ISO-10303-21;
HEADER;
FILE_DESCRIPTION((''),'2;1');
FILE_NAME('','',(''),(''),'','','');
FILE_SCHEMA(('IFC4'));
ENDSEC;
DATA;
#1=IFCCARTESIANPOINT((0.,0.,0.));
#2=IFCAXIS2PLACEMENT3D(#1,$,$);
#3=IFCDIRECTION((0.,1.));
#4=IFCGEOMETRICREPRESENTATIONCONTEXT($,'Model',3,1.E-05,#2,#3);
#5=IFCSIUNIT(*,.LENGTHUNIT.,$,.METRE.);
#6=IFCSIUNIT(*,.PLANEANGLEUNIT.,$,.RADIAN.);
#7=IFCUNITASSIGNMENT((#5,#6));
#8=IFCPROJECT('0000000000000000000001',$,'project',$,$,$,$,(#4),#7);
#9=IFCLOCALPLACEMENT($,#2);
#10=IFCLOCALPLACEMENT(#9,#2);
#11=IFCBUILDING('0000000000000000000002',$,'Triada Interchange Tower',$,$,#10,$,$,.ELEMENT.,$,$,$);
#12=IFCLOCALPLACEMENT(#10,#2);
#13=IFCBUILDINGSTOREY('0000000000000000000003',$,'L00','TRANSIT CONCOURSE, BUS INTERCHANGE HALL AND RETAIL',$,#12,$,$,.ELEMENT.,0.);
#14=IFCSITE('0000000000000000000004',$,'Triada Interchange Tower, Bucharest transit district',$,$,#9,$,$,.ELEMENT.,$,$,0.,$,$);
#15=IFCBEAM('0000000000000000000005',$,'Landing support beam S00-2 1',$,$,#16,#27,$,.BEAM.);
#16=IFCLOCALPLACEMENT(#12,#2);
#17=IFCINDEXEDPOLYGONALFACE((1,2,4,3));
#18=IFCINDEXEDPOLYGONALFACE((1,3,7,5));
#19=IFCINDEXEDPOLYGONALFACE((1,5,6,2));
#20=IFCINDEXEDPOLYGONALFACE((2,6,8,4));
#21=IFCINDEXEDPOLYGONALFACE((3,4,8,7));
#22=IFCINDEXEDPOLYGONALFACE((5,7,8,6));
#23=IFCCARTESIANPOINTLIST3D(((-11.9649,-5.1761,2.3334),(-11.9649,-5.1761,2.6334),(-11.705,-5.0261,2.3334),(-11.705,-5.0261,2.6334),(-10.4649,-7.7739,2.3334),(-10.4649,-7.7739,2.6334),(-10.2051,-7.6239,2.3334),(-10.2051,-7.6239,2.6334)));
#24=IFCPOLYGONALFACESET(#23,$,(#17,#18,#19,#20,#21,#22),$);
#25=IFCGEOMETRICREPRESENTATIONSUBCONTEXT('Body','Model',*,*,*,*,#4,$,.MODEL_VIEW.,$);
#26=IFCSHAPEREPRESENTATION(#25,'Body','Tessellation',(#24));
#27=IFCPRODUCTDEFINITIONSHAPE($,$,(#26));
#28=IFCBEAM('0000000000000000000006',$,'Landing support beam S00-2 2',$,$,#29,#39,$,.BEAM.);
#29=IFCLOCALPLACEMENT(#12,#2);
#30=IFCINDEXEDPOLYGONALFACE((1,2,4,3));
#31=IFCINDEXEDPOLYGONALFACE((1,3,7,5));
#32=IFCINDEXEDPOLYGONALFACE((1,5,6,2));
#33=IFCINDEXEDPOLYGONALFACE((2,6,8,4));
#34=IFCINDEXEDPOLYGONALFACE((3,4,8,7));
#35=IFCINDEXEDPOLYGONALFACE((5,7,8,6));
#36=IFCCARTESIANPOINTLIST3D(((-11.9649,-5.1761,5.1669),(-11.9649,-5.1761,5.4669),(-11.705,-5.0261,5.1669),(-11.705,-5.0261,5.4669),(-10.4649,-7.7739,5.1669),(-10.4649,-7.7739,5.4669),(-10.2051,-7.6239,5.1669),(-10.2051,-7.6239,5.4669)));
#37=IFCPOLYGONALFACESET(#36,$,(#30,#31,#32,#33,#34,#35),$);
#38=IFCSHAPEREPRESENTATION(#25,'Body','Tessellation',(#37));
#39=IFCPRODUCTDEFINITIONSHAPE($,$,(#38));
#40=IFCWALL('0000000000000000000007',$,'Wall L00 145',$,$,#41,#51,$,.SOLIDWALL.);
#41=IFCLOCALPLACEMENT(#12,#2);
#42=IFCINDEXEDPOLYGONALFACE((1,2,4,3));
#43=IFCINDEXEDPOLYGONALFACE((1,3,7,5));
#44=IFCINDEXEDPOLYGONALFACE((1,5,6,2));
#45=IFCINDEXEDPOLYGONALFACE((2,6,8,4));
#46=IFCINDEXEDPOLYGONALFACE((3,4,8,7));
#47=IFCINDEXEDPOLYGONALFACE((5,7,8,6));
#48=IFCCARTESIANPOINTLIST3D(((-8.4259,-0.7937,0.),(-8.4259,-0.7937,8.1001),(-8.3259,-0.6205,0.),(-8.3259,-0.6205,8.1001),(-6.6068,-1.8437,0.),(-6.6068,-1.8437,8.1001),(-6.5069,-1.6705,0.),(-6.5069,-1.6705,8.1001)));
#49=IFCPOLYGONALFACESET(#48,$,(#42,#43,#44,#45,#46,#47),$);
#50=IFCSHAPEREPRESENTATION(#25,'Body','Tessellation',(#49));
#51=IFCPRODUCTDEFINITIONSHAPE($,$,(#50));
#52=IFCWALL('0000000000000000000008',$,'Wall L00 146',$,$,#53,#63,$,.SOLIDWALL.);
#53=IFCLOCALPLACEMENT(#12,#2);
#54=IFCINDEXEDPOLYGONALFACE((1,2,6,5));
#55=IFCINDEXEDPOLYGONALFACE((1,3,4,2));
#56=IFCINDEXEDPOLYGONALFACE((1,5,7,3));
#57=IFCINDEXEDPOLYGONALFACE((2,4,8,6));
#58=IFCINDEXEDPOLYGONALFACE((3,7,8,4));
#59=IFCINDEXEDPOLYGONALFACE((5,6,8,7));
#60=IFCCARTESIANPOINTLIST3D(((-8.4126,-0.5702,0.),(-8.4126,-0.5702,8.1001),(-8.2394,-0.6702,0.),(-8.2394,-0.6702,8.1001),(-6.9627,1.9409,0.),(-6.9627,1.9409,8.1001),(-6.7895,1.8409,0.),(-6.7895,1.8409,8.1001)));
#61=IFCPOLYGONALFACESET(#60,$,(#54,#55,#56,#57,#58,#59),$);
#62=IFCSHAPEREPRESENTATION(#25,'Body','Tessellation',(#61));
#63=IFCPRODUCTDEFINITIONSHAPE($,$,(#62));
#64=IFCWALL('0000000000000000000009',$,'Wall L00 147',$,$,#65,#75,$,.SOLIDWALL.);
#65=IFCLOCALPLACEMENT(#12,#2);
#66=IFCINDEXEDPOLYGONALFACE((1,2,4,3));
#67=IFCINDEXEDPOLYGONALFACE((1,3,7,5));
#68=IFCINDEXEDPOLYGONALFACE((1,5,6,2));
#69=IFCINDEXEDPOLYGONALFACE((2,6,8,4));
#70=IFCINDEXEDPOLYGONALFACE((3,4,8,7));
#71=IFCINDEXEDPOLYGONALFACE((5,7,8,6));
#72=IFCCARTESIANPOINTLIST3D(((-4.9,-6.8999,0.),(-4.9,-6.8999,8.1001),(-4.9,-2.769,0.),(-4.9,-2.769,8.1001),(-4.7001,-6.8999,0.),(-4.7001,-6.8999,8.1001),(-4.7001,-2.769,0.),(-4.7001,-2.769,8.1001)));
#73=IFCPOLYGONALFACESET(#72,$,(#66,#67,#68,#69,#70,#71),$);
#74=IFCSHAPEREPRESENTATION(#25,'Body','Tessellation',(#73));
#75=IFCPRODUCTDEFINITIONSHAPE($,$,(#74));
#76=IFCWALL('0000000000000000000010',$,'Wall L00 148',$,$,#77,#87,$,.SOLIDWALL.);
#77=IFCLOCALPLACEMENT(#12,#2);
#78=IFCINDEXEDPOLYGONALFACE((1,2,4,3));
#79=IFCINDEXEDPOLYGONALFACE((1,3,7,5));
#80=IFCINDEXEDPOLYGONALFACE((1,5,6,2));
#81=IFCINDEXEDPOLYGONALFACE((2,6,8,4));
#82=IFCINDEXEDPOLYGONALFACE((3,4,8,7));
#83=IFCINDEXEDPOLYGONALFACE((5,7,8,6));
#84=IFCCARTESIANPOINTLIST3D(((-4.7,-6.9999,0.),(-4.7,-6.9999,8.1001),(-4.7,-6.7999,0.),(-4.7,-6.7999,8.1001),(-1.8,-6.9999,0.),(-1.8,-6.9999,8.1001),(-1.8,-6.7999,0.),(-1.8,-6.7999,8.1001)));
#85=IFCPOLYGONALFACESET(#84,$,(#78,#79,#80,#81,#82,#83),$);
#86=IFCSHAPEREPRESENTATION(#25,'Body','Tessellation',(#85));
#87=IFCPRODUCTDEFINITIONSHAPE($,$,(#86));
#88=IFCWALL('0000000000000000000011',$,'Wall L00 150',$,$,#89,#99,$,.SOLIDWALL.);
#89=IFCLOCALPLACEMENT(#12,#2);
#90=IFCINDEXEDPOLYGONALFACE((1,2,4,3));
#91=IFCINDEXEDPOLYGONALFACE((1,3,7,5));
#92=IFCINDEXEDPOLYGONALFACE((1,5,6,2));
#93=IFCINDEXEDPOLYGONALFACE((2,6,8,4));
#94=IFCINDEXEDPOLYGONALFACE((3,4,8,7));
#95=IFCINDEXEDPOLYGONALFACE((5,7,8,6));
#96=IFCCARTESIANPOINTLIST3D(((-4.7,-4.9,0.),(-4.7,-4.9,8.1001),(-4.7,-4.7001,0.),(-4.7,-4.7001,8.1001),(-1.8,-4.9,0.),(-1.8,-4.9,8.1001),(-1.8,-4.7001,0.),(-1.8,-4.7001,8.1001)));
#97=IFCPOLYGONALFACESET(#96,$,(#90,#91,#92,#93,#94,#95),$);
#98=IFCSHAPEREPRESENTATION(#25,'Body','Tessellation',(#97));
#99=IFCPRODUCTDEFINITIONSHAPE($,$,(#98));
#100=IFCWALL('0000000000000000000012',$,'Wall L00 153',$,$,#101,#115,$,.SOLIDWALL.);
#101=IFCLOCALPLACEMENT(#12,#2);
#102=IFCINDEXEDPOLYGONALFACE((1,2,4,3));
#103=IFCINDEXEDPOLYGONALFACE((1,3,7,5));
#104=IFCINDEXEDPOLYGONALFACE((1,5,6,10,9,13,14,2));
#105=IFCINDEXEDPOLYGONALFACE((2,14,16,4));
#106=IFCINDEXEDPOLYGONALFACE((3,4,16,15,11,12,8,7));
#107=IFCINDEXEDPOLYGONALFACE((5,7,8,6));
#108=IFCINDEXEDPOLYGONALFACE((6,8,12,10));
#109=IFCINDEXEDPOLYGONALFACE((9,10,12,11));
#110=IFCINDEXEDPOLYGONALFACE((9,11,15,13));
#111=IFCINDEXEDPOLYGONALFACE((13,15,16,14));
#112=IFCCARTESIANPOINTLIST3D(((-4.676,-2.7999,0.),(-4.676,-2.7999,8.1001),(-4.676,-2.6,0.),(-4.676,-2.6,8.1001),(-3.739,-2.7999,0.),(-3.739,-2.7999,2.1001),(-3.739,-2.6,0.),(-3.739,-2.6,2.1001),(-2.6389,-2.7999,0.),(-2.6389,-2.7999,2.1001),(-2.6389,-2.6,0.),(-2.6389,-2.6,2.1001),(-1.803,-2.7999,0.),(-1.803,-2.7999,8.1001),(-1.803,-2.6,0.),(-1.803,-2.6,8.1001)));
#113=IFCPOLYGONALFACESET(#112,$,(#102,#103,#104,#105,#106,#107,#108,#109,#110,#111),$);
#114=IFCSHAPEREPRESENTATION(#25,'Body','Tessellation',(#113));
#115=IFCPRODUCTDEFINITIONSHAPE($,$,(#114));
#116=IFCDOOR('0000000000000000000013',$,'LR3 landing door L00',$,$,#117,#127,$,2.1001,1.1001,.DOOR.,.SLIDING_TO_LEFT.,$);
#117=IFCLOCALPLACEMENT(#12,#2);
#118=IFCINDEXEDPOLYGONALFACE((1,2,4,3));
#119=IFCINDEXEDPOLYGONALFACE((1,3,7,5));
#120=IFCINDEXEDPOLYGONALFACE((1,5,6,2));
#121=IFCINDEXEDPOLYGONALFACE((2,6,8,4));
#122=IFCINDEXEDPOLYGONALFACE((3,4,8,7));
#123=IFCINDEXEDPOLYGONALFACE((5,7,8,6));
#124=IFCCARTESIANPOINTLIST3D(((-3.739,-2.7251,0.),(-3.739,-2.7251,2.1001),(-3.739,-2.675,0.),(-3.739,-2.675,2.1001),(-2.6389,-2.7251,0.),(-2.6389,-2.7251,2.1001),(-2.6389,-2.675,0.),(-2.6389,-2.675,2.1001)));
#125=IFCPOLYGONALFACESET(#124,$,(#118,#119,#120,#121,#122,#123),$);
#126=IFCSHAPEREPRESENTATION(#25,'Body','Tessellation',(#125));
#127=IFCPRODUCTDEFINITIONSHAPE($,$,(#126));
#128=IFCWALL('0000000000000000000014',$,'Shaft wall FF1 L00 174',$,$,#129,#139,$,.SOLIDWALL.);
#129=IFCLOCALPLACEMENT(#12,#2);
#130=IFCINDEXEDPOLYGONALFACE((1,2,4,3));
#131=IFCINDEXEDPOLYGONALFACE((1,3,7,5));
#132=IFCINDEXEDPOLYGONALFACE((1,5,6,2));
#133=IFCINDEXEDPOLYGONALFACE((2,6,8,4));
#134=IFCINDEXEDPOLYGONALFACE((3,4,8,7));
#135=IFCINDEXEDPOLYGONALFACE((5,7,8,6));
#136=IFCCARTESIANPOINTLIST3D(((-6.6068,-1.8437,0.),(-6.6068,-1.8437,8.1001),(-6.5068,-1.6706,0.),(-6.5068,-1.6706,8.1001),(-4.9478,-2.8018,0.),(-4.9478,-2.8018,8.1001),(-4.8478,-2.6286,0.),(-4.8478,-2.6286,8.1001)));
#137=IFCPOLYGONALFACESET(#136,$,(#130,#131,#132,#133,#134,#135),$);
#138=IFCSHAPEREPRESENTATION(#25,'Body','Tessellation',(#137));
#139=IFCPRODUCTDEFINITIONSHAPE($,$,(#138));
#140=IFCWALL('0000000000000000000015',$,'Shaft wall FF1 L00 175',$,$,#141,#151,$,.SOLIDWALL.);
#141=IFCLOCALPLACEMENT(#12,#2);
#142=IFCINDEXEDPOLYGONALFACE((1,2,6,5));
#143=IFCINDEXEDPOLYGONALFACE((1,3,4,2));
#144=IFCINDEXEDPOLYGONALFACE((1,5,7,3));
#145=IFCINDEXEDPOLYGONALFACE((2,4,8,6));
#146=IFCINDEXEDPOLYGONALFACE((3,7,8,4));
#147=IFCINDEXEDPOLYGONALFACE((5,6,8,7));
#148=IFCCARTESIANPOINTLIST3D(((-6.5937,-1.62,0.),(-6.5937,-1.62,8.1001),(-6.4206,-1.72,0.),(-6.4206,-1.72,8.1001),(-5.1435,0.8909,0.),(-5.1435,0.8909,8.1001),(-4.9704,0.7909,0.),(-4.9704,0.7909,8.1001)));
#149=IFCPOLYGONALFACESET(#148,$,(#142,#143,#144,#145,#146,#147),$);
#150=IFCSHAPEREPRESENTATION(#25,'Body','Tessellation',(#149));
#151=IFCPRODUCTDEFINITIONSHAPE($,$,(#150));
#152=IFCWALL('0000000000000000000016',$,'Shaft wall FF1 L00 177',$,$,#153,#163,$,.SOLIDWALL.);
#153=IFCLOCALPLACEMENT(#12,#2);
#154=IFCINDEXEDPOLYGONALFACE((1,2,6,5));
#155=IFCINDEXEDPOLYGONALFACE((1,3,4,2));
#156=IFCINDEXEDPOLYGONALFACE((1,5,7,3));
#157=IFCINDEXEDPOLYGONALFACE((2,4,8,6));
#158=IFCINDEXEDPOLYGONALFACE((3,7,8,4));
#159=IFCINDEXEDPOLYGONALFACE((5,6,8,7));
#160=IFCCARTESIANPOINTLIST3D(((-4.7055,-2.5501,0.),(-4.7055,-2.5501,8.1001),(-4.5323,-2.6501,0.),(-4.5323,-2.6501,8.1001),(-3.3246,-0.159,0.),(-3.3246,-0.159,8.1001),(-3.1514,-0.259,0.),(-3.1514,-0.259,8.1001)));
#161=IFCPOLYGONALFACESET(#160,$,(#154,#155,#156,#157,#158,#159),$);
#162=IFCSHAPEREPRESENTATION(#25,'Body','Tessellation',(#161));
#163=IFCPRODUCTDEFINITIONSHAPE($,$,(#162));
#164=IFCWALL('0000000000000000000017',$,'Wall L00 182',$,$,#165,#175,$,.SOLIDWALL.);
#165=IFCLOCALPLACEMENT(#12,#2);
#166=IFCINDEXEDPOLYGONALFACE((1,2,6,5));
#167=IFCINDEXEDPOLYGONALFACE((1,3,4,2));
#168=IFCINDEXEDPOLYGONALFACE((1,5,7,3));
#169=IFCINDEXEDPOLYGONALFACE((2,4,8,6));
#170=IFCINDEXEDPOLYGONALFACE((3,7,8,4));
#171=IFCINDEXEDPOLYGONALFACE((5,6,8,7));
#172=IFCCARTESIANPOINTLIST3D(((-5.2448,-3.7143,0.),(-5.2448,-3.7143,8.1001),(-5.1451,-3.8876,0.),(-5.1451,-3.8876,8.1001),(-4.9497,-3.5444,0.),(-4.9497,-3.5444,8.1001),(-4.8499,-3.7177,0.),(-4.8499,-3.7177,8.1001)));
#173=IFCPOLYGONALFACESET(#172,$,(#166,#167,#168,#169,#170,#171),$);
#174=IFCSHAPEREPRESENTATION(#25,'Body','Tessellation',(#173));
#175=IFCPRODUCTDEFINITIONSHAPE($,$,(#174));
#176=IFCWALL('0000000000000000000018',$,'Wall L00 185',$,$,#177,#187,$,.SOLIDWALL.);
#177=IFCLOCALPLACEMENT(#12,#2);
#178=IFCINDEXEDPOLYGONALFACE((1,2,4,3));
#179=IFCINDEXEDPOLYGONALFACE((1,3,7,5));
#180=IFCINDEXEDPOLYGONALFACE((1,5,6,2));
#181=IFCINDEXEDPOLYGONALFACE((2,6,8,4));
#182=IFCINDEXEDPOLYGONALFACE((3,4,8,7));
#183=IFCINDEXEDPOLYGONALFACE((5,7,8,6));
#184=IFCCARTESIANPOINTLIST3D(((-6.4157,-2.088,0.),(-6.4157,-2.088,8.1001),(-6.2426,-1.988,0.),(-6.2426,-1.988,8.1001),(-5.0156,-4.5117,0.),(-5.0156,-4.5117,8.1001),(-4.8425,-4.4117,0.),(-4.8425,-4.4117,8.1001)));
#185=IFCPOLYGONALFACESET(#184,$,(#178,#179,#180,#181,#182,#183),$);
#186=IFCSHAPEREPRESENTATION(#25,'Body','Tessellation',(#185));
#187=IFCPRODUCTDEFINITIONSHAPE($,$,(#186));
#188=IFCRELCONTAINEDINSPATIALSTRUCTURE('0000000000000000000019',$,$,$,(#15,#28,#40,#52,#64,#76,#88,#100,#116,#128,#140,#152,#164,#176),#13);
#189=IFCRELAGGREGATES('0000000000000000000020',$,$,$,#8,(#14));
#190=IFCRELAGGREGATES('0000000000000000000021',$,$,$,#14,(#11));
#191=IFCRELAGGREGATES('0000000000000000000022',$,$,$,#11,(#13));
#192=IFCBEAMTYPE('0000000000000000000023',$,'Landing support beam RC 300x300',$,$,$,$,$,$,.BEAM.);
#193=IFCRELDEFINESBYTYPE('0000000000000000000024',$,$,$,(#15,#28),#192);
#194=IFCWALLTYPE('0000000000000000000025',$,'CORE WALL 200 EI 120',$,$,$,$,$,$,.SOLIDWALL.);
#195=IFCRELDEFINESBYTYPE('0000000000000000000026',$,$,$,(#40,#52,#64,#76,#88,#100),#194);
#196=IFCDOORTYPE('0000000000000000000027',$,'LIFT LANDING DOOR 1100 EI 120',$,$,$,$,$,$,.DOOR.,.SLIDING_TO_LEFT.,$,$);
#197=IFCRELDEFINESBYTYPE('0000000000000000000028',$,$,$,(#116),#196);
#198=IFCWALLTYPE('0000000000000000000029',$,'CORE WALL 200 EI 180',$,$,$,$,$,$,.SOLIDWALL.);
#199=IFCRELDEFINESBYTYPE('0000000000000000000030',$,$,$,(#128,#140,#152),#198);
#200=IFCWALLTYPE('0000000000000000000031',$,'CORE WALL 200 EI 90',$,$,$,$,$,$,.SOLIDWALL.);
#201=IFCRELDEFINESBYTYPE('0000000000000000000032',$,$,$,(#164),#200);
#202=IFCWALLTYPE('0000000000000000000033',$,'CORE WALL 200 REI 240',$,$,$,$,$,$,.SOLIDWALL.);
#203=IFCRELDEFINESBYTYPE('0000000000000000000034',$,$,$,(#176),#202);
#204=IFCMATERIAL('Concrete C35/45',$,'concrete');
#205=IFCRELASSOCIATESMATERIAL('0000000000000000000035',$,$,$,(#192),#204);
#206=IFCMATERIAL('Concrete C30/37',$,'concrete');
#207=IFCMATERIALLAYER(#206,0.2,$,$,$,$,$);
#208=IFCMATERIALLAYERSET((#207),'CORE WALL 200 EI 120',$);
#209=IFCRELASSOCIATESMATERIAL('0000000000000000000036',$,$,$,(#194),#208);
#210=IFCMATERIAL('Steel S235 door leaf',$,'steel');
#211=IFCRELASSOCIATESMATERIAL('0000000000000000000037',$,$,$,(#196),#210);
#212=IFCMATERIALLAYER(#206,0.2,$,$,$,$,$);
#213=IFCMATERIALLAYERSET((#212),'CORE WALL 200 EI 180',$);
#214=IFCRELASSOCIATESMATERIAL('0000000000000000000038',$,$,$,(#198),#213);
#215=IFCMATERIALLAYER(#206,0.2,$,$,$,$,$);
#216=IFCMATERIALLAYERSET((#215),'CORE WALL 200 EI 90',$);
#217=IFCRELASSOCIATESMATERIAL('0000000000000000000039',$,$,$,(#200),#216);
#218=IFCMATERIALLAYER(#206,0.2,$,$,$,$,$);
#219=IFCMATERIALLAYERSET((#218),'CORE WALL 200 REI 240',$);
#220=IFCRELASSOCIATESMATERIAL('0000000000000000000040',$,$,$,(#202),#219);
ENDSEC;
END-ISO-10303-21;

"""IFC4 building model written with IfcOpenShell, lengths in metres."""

from ifc_helpers import new_model, si_unit, direction, frame, frame_2d, origin, origin_2d, place, context, subcontext, project, spatial, rectangle, extrude, material, layer, layer_set, material_profile, profile_set, type_object, element, fill, save


model = new_model("IFC4")

# Units and contexts
model_context = context("Model", 3, precision=1e-05, world=origin(), true_north=direction((0.0, 1.0)))
body_context = subcontext(model_context, "Body", "Model", "MODEL_VIEW")
ifc_project = project(units=[si_unit("LENGTHUNIT", "METRE"), si_unit("PLANEANGLEUNIT", "RADIAN")], contexts=[model_context])

# Site, building, storey
site_placement = place(None, origin())
site = spatial("IfcSite", under=ifc_project, at=site_placement, Name="Triada Interchange Tower, Bucharest transit district", CompositionType="ELEMENT", RefElevation=0.0)
building_placement = place(site_placement, origin())
building = spatial("IfcBuilding", under=site, at=building_placement, Name="Triada Interchange Tower", CompositionType="ELEMENT")
storey_placement = place(building_placement, origin())
storey = spatial("IfcBuildingStorey", under=building, at=storey_placement, Name="L00", Description="TRANSIT CONCOURSE, BUS INTERCHANGE HALL AND RETAIL", CompositionType="ELEMENT", Elevation=0.0)

# Beams
ifc_material_1 = material(Name="Concrete C35/45", Category="concrete")
ifc_material_profile = material_profile(ifc_material_1, rectangle(XDim=0.3, YDim=0.3, at=origin_2d()), Name="RC 300x300")
ifc_profile_set = profile_set([ifc_material_profile], Name="Concrete C35/45")
beam_type = type_object("IfcBeamType", Name="Landing support beam RC 300x300", PredefinedType="BEAM", material=ifc_profile_set)
for number, where, z_axis, x_axis, name in (
    (1, (-11.835, -5.1011, 2.4834), (0.500025, -0.866011, 0.0), (0.866011, 0.500025, 0.0), "Landing support beam S00-2 1"),
    (2, (-11.835, -5.1011, 5.3169), (0.500025, -0.866011, 0.0), (0.866011, 0.500025, 0.0), "Landing support beam S00-2 2"),
):
    element("IfcBeam", number, at=place(storey_placement, frame(where, z_axis=z_axis, x_axis=x_axis)), inside=storey, type_object=beam_type, Name=name, PredefinedType="BEAM", context=body_context, shape_type="SweptSolid", body=[
        extrude(rectangle(XDim=0.3, YDim=0.3, at=origin_2d()), origin(), (0.0, 0.0, 1.0), 2.9998),
    ])

# Walls
ifc_material_2 = material(Name="Concrete C30/37", Category="concrete")
ifc_layer_1 = layer(ifc_material_2, 0.2)
ifc_layer_set_1 = layer_set([ifc_layer_1], Name="CORE WALL 200 EI 120")
wall_type_1 = type_object("IfcWallType", Name="CORE WALL 200 EI 120", PredefinedType="SOLIDWALL", material=ifc_layer_set_1)
wall_1_placement = place(storey_placement, frame((-8.376, -0.707, 0.0), z_axis=(0.0, 0.0, 1.0), x_axis=(0.866068, -0.499927, 0.0)))
element("IfcWall", 3, at=wall_1_placement, inside=storey, type_object=wall_type_1, Name="Wall L00 145", PredefinedType="SOLIDWALL", context=body_context, shape_type="SweptSolid", body=[
    extrude(rectangle(XDim=2.1003, YDim=0.2, at=frame_2d((1.0503, 0.0))), origin(), (0.0, 0.0, 1.0), 8.1001),
])
wall_2_placement = place(storey_placement, frame((-8.3259, -0.6201, 0.0), z_axis=(0.0, 0.0, 1.0), x_axis=(0.500024, 0.866012, 0.0)))
element("IfcWall", 4, at=wall_2_placement, inside=storey, type_object=wall_type_1, Name="Wall L00 146", PredefinedType="SOLIDWALL", context=body_context, shape_type="SweptSolid", body=[
    extrude(rectangle(XDim=2.8997, YDim=0.2, at=frame_2d((1.4497, 0.0))), origin(), (0.0, 0.0, 1.0), 8.1001),
])
wall_3_placement = place(storey_placement, frame((-4.8, -6.8999, 0.0), z_axis=(0.0, 0.0, 1.0), x_axis=(0.0, 1.0, 0.0)))
element("IfcWall", 5, at=wall_3_placement, inside=storey, type_object=wall_type_1, Name="Wall L00 147", PredefinedType="SOLIDWALL", context=body_context, shape_type="SweptSolid", body=[
    extrude(rectangle(XDim=4.1309, YDim=0.2, at=frame_2d((2.0654, 0.0))), origin(), (0.0, 0.0, 1.0), 8.1001),
])
for number, where, z_axis, x_axis, name in (
    (6, (-4.7, -6.8999, 0.0), (0.0, 0.0, 1.0), (1.0, 0.0, 0.0), "Wall L00 148"),
    (7, (-4.7, -4.8, 0.0), (0.0, 0.0, 1.0), (1.0, 0.0, 0.0), "Wall L00 150"),
):
    element("IfcWall", number, at=place(storey_placement, frame(where, z_axis=z_axis, x_axis=x_axis)), inside=storey, type_object=wall_type_1, Name=name, PredefinedType="SOLIDWALL", context=body_context, shape_type="SweptSolid", body=[
        extrude(rectangle(XDim=2.8999, YDim=0.2, at=frame_2d((1.45, 0.0))), origin(), (0.0, 0.0, 1.0), 8.1001),
    ])

# Wall, opening, door
wall_4_placement = place(storey_placement, frame((-4.676, -2.7, 0.0), z_axis=(0.0, 0.0, 1.0), x_axis=(1.0, 0.0, 0.0)))
wall_4 = element("IfcWall", 8, at=wall_4_placement, inside=storey, type_object=wall_type_1, Name="Wall L00 153", PredefinedType="SOLIDWALL", context=body_context, shape_type="SweptSolid", body=[
    extrude(rectangle(XDim=2.873, YDim=0.2, at=frame_2d((1.4365, 0.0))), origin(), (0.0, 0.0, 1.0), 8.1001),
])
opening_placement = place(wall_4_placement, frame((0.937, 0.0, 0.0)))
opening = element("IfcOpeningElement", 9, at=opening_placement, cuts=wall_4, PredefinedType="OPENING", context=body_context, shape_type="SweptSolid", body=[
    extrude(rectangle(XDim=1.1001, YDim=2.1001, at=frame_2d((0.55, 1.05))), frame((0.0, 0.1099, 0.0), z_axis=(0.0, -1.0, 0.0), x_axis=(1.0, 0.0, 0.0)), (0.0, 0.0, 1.0), 0.22),
])
ifc_material_3 = material(Name="Steel S235 door leaf", Category="steel")
door_type = type_object("IfcDoorType", Name="LIFT LANDING DOOR 1100 EI 120", OperationType="SLIDING_TO_LEFT", PredefinedType="DOOR", material=ifc_material_3)
door_placement = place(opening_placement, origin())
door = element("IfcDoor", 10, at=door_placement, inside=storey, type_object=door_type, Name="LR3 landing door L00", OperationType="SLIDING_TO_LEFT", OverallHeight=2.1001, OverallWidth=1.1001, PredefinedType="DOOR", context=body_context, shape_type="SweptSolid", body=[
    extrude(rectangle(XDim=1.1001, YDim=2.1001, at=frame_2d((0.55, 1.05))), frame((0.0, 0.0249, 0.0), z_axis=(0.0, -1.0, 0.0), x_axis=(1.0, 0.0, 0.0)), (0.0, 0.0, 1.0), 0.05),
])
fill(opening, door)

# Walls
ifc_layer_2 = layer(ifc_material_2, 0.2)
ifc_layer_set_2 = layer_set([ifc_layer_2], Name="CORE WALL 200 EI 180")
wall_type_2 = type_object("IfcWallType", Name="CORE WALL 200 EI 180", PredefinedType="SOLIDWALL", material=ifc_layer_set_2)
wall_5_placement = place(storey_placement, frame((-6.5569, -1.7571, 0.0), z_axis=(0.0, 0.0, 1.0), x_axis=(0.865975, -0.500086, 0.0)))
element("IfcWall", 11, at=wall_5_placement, inside=storey, type_object=wall_type_2, Name="Shaft wall FF1 L00 174", PredefinedType="SOLIDWALL", context=body_context, shape_type="SweptSolid", body=[
    extrude(rectangle(XDim=1.9158, YDim=0.2, at=frame_2d((0.958, 0.0))), origin(), (0.0, 0.0, 1.0), 8.1001),
])
wall_6_placement = place(storey_placement, frame((-6.5071, -1.6699, 0.0), z_axis=(0.0, 0.0, 1.0), x_axis=(0.500123, 0.865954, 0.0)))
element("IfcWall", 12, at=wall_6_placement, inside=storey, type_object=wall_type_2, Name="Shaft wall FF1 L00 175", PredefinedType="SOLIDWALL", context=body_context, shape_type="SweptSolid", body=[
    extrude(rectangle(XDim=2.8997, YDim=0.2, at=frame_2d((1.4497, 0.0))), origin(), (0.0, 0.0, 1.0), 8.1001),
])
wall_7_placement = place(storey_placement, frame((-4.6189, -2.6001, 0.0), z_axis=(0.0, 0.0, 1.0), x_axis=(0.500095, 0.865971, 0.0)))
element("IfcWall", 13, at=wall_7_placement, inside=storey, type_object=wall_type_2, Name="Shaft wall FF1 L00 177", PredefinedType="SOLIDWALL", context=body_context, shape_type="SweptSolid", body=[
    extrude(rectangle(XDim=2.7612, YDim=0.2, at=frame_2d((1.3806, 0.0))), origin(), (0.0, 0.0, 1.0), 8.1001),
])
ifc_layer_3 = layer(ifc_material_2, 0.2)
ifc_layer_set_3 = layer_set([ifc_layer_3], Name="CORE WALL 200 EI 90")
wall_type_3 = type_object("IfcWallType", Name="CORE WALL 200 EI 90", PredefinedType="SOLIDWALL", material=ifc_layer_set_3)
wall_8_placement = place(storey_placement, frame((-5.1951, -3.801, 0.0), z_axis=(0.0, 0.0, 1.0), x_axis=(0.866651, 0.498916, 0.0)))
element("IfcWall", 14, at=wall_8_placement, inside=storey, type_object=wall_type_3, Name="Wall L00 182", PredefinedType="SOLIDWALL", context=body_context, shape_type="SweptSolid", body=[
    extrude(rectangle(XDim=0.3406, YDim=0.2, at=frame_2d((0.1704, 0.0))), origin(), (0.0, 0.0, 1.0), 8.1001),
])
ifc_layer_4 = layer(ifc_material_2, 0.2)
ifc_layer_set_4 = layer_set([ifc_layer_4], Name="CORE WALL 200 REI 240")
wall_type_4 = type_object("IfcWallType", Name="CORE WALL 200 REI 240", PredefinedType="SOLIDWALL", material=ifc_layer_set_4)
wall_9_placement = place(storey_placement, frame((-6.3291, -2.0381, 0.0), z_axis=(0.0, 0.0, 1.0), x_axis=(0.500201, -0.86591, 0.0)))
element("IfcWall", 15, at=wall_9_placement, inside=storey, type_object=wall_type_4, Name="Wall L00 185", PredefinedType="SOLIDWALL", context=body_context, shape_type="SweptSolid", body=[
    extrude(rectangle(XDim=2.7991, YDim=0.2, at=frame_2d((1.3994, 0.0))), origin(), (0.0, 0.0, 1.0), 8.1001),
])

save(model, "model.ifc")
